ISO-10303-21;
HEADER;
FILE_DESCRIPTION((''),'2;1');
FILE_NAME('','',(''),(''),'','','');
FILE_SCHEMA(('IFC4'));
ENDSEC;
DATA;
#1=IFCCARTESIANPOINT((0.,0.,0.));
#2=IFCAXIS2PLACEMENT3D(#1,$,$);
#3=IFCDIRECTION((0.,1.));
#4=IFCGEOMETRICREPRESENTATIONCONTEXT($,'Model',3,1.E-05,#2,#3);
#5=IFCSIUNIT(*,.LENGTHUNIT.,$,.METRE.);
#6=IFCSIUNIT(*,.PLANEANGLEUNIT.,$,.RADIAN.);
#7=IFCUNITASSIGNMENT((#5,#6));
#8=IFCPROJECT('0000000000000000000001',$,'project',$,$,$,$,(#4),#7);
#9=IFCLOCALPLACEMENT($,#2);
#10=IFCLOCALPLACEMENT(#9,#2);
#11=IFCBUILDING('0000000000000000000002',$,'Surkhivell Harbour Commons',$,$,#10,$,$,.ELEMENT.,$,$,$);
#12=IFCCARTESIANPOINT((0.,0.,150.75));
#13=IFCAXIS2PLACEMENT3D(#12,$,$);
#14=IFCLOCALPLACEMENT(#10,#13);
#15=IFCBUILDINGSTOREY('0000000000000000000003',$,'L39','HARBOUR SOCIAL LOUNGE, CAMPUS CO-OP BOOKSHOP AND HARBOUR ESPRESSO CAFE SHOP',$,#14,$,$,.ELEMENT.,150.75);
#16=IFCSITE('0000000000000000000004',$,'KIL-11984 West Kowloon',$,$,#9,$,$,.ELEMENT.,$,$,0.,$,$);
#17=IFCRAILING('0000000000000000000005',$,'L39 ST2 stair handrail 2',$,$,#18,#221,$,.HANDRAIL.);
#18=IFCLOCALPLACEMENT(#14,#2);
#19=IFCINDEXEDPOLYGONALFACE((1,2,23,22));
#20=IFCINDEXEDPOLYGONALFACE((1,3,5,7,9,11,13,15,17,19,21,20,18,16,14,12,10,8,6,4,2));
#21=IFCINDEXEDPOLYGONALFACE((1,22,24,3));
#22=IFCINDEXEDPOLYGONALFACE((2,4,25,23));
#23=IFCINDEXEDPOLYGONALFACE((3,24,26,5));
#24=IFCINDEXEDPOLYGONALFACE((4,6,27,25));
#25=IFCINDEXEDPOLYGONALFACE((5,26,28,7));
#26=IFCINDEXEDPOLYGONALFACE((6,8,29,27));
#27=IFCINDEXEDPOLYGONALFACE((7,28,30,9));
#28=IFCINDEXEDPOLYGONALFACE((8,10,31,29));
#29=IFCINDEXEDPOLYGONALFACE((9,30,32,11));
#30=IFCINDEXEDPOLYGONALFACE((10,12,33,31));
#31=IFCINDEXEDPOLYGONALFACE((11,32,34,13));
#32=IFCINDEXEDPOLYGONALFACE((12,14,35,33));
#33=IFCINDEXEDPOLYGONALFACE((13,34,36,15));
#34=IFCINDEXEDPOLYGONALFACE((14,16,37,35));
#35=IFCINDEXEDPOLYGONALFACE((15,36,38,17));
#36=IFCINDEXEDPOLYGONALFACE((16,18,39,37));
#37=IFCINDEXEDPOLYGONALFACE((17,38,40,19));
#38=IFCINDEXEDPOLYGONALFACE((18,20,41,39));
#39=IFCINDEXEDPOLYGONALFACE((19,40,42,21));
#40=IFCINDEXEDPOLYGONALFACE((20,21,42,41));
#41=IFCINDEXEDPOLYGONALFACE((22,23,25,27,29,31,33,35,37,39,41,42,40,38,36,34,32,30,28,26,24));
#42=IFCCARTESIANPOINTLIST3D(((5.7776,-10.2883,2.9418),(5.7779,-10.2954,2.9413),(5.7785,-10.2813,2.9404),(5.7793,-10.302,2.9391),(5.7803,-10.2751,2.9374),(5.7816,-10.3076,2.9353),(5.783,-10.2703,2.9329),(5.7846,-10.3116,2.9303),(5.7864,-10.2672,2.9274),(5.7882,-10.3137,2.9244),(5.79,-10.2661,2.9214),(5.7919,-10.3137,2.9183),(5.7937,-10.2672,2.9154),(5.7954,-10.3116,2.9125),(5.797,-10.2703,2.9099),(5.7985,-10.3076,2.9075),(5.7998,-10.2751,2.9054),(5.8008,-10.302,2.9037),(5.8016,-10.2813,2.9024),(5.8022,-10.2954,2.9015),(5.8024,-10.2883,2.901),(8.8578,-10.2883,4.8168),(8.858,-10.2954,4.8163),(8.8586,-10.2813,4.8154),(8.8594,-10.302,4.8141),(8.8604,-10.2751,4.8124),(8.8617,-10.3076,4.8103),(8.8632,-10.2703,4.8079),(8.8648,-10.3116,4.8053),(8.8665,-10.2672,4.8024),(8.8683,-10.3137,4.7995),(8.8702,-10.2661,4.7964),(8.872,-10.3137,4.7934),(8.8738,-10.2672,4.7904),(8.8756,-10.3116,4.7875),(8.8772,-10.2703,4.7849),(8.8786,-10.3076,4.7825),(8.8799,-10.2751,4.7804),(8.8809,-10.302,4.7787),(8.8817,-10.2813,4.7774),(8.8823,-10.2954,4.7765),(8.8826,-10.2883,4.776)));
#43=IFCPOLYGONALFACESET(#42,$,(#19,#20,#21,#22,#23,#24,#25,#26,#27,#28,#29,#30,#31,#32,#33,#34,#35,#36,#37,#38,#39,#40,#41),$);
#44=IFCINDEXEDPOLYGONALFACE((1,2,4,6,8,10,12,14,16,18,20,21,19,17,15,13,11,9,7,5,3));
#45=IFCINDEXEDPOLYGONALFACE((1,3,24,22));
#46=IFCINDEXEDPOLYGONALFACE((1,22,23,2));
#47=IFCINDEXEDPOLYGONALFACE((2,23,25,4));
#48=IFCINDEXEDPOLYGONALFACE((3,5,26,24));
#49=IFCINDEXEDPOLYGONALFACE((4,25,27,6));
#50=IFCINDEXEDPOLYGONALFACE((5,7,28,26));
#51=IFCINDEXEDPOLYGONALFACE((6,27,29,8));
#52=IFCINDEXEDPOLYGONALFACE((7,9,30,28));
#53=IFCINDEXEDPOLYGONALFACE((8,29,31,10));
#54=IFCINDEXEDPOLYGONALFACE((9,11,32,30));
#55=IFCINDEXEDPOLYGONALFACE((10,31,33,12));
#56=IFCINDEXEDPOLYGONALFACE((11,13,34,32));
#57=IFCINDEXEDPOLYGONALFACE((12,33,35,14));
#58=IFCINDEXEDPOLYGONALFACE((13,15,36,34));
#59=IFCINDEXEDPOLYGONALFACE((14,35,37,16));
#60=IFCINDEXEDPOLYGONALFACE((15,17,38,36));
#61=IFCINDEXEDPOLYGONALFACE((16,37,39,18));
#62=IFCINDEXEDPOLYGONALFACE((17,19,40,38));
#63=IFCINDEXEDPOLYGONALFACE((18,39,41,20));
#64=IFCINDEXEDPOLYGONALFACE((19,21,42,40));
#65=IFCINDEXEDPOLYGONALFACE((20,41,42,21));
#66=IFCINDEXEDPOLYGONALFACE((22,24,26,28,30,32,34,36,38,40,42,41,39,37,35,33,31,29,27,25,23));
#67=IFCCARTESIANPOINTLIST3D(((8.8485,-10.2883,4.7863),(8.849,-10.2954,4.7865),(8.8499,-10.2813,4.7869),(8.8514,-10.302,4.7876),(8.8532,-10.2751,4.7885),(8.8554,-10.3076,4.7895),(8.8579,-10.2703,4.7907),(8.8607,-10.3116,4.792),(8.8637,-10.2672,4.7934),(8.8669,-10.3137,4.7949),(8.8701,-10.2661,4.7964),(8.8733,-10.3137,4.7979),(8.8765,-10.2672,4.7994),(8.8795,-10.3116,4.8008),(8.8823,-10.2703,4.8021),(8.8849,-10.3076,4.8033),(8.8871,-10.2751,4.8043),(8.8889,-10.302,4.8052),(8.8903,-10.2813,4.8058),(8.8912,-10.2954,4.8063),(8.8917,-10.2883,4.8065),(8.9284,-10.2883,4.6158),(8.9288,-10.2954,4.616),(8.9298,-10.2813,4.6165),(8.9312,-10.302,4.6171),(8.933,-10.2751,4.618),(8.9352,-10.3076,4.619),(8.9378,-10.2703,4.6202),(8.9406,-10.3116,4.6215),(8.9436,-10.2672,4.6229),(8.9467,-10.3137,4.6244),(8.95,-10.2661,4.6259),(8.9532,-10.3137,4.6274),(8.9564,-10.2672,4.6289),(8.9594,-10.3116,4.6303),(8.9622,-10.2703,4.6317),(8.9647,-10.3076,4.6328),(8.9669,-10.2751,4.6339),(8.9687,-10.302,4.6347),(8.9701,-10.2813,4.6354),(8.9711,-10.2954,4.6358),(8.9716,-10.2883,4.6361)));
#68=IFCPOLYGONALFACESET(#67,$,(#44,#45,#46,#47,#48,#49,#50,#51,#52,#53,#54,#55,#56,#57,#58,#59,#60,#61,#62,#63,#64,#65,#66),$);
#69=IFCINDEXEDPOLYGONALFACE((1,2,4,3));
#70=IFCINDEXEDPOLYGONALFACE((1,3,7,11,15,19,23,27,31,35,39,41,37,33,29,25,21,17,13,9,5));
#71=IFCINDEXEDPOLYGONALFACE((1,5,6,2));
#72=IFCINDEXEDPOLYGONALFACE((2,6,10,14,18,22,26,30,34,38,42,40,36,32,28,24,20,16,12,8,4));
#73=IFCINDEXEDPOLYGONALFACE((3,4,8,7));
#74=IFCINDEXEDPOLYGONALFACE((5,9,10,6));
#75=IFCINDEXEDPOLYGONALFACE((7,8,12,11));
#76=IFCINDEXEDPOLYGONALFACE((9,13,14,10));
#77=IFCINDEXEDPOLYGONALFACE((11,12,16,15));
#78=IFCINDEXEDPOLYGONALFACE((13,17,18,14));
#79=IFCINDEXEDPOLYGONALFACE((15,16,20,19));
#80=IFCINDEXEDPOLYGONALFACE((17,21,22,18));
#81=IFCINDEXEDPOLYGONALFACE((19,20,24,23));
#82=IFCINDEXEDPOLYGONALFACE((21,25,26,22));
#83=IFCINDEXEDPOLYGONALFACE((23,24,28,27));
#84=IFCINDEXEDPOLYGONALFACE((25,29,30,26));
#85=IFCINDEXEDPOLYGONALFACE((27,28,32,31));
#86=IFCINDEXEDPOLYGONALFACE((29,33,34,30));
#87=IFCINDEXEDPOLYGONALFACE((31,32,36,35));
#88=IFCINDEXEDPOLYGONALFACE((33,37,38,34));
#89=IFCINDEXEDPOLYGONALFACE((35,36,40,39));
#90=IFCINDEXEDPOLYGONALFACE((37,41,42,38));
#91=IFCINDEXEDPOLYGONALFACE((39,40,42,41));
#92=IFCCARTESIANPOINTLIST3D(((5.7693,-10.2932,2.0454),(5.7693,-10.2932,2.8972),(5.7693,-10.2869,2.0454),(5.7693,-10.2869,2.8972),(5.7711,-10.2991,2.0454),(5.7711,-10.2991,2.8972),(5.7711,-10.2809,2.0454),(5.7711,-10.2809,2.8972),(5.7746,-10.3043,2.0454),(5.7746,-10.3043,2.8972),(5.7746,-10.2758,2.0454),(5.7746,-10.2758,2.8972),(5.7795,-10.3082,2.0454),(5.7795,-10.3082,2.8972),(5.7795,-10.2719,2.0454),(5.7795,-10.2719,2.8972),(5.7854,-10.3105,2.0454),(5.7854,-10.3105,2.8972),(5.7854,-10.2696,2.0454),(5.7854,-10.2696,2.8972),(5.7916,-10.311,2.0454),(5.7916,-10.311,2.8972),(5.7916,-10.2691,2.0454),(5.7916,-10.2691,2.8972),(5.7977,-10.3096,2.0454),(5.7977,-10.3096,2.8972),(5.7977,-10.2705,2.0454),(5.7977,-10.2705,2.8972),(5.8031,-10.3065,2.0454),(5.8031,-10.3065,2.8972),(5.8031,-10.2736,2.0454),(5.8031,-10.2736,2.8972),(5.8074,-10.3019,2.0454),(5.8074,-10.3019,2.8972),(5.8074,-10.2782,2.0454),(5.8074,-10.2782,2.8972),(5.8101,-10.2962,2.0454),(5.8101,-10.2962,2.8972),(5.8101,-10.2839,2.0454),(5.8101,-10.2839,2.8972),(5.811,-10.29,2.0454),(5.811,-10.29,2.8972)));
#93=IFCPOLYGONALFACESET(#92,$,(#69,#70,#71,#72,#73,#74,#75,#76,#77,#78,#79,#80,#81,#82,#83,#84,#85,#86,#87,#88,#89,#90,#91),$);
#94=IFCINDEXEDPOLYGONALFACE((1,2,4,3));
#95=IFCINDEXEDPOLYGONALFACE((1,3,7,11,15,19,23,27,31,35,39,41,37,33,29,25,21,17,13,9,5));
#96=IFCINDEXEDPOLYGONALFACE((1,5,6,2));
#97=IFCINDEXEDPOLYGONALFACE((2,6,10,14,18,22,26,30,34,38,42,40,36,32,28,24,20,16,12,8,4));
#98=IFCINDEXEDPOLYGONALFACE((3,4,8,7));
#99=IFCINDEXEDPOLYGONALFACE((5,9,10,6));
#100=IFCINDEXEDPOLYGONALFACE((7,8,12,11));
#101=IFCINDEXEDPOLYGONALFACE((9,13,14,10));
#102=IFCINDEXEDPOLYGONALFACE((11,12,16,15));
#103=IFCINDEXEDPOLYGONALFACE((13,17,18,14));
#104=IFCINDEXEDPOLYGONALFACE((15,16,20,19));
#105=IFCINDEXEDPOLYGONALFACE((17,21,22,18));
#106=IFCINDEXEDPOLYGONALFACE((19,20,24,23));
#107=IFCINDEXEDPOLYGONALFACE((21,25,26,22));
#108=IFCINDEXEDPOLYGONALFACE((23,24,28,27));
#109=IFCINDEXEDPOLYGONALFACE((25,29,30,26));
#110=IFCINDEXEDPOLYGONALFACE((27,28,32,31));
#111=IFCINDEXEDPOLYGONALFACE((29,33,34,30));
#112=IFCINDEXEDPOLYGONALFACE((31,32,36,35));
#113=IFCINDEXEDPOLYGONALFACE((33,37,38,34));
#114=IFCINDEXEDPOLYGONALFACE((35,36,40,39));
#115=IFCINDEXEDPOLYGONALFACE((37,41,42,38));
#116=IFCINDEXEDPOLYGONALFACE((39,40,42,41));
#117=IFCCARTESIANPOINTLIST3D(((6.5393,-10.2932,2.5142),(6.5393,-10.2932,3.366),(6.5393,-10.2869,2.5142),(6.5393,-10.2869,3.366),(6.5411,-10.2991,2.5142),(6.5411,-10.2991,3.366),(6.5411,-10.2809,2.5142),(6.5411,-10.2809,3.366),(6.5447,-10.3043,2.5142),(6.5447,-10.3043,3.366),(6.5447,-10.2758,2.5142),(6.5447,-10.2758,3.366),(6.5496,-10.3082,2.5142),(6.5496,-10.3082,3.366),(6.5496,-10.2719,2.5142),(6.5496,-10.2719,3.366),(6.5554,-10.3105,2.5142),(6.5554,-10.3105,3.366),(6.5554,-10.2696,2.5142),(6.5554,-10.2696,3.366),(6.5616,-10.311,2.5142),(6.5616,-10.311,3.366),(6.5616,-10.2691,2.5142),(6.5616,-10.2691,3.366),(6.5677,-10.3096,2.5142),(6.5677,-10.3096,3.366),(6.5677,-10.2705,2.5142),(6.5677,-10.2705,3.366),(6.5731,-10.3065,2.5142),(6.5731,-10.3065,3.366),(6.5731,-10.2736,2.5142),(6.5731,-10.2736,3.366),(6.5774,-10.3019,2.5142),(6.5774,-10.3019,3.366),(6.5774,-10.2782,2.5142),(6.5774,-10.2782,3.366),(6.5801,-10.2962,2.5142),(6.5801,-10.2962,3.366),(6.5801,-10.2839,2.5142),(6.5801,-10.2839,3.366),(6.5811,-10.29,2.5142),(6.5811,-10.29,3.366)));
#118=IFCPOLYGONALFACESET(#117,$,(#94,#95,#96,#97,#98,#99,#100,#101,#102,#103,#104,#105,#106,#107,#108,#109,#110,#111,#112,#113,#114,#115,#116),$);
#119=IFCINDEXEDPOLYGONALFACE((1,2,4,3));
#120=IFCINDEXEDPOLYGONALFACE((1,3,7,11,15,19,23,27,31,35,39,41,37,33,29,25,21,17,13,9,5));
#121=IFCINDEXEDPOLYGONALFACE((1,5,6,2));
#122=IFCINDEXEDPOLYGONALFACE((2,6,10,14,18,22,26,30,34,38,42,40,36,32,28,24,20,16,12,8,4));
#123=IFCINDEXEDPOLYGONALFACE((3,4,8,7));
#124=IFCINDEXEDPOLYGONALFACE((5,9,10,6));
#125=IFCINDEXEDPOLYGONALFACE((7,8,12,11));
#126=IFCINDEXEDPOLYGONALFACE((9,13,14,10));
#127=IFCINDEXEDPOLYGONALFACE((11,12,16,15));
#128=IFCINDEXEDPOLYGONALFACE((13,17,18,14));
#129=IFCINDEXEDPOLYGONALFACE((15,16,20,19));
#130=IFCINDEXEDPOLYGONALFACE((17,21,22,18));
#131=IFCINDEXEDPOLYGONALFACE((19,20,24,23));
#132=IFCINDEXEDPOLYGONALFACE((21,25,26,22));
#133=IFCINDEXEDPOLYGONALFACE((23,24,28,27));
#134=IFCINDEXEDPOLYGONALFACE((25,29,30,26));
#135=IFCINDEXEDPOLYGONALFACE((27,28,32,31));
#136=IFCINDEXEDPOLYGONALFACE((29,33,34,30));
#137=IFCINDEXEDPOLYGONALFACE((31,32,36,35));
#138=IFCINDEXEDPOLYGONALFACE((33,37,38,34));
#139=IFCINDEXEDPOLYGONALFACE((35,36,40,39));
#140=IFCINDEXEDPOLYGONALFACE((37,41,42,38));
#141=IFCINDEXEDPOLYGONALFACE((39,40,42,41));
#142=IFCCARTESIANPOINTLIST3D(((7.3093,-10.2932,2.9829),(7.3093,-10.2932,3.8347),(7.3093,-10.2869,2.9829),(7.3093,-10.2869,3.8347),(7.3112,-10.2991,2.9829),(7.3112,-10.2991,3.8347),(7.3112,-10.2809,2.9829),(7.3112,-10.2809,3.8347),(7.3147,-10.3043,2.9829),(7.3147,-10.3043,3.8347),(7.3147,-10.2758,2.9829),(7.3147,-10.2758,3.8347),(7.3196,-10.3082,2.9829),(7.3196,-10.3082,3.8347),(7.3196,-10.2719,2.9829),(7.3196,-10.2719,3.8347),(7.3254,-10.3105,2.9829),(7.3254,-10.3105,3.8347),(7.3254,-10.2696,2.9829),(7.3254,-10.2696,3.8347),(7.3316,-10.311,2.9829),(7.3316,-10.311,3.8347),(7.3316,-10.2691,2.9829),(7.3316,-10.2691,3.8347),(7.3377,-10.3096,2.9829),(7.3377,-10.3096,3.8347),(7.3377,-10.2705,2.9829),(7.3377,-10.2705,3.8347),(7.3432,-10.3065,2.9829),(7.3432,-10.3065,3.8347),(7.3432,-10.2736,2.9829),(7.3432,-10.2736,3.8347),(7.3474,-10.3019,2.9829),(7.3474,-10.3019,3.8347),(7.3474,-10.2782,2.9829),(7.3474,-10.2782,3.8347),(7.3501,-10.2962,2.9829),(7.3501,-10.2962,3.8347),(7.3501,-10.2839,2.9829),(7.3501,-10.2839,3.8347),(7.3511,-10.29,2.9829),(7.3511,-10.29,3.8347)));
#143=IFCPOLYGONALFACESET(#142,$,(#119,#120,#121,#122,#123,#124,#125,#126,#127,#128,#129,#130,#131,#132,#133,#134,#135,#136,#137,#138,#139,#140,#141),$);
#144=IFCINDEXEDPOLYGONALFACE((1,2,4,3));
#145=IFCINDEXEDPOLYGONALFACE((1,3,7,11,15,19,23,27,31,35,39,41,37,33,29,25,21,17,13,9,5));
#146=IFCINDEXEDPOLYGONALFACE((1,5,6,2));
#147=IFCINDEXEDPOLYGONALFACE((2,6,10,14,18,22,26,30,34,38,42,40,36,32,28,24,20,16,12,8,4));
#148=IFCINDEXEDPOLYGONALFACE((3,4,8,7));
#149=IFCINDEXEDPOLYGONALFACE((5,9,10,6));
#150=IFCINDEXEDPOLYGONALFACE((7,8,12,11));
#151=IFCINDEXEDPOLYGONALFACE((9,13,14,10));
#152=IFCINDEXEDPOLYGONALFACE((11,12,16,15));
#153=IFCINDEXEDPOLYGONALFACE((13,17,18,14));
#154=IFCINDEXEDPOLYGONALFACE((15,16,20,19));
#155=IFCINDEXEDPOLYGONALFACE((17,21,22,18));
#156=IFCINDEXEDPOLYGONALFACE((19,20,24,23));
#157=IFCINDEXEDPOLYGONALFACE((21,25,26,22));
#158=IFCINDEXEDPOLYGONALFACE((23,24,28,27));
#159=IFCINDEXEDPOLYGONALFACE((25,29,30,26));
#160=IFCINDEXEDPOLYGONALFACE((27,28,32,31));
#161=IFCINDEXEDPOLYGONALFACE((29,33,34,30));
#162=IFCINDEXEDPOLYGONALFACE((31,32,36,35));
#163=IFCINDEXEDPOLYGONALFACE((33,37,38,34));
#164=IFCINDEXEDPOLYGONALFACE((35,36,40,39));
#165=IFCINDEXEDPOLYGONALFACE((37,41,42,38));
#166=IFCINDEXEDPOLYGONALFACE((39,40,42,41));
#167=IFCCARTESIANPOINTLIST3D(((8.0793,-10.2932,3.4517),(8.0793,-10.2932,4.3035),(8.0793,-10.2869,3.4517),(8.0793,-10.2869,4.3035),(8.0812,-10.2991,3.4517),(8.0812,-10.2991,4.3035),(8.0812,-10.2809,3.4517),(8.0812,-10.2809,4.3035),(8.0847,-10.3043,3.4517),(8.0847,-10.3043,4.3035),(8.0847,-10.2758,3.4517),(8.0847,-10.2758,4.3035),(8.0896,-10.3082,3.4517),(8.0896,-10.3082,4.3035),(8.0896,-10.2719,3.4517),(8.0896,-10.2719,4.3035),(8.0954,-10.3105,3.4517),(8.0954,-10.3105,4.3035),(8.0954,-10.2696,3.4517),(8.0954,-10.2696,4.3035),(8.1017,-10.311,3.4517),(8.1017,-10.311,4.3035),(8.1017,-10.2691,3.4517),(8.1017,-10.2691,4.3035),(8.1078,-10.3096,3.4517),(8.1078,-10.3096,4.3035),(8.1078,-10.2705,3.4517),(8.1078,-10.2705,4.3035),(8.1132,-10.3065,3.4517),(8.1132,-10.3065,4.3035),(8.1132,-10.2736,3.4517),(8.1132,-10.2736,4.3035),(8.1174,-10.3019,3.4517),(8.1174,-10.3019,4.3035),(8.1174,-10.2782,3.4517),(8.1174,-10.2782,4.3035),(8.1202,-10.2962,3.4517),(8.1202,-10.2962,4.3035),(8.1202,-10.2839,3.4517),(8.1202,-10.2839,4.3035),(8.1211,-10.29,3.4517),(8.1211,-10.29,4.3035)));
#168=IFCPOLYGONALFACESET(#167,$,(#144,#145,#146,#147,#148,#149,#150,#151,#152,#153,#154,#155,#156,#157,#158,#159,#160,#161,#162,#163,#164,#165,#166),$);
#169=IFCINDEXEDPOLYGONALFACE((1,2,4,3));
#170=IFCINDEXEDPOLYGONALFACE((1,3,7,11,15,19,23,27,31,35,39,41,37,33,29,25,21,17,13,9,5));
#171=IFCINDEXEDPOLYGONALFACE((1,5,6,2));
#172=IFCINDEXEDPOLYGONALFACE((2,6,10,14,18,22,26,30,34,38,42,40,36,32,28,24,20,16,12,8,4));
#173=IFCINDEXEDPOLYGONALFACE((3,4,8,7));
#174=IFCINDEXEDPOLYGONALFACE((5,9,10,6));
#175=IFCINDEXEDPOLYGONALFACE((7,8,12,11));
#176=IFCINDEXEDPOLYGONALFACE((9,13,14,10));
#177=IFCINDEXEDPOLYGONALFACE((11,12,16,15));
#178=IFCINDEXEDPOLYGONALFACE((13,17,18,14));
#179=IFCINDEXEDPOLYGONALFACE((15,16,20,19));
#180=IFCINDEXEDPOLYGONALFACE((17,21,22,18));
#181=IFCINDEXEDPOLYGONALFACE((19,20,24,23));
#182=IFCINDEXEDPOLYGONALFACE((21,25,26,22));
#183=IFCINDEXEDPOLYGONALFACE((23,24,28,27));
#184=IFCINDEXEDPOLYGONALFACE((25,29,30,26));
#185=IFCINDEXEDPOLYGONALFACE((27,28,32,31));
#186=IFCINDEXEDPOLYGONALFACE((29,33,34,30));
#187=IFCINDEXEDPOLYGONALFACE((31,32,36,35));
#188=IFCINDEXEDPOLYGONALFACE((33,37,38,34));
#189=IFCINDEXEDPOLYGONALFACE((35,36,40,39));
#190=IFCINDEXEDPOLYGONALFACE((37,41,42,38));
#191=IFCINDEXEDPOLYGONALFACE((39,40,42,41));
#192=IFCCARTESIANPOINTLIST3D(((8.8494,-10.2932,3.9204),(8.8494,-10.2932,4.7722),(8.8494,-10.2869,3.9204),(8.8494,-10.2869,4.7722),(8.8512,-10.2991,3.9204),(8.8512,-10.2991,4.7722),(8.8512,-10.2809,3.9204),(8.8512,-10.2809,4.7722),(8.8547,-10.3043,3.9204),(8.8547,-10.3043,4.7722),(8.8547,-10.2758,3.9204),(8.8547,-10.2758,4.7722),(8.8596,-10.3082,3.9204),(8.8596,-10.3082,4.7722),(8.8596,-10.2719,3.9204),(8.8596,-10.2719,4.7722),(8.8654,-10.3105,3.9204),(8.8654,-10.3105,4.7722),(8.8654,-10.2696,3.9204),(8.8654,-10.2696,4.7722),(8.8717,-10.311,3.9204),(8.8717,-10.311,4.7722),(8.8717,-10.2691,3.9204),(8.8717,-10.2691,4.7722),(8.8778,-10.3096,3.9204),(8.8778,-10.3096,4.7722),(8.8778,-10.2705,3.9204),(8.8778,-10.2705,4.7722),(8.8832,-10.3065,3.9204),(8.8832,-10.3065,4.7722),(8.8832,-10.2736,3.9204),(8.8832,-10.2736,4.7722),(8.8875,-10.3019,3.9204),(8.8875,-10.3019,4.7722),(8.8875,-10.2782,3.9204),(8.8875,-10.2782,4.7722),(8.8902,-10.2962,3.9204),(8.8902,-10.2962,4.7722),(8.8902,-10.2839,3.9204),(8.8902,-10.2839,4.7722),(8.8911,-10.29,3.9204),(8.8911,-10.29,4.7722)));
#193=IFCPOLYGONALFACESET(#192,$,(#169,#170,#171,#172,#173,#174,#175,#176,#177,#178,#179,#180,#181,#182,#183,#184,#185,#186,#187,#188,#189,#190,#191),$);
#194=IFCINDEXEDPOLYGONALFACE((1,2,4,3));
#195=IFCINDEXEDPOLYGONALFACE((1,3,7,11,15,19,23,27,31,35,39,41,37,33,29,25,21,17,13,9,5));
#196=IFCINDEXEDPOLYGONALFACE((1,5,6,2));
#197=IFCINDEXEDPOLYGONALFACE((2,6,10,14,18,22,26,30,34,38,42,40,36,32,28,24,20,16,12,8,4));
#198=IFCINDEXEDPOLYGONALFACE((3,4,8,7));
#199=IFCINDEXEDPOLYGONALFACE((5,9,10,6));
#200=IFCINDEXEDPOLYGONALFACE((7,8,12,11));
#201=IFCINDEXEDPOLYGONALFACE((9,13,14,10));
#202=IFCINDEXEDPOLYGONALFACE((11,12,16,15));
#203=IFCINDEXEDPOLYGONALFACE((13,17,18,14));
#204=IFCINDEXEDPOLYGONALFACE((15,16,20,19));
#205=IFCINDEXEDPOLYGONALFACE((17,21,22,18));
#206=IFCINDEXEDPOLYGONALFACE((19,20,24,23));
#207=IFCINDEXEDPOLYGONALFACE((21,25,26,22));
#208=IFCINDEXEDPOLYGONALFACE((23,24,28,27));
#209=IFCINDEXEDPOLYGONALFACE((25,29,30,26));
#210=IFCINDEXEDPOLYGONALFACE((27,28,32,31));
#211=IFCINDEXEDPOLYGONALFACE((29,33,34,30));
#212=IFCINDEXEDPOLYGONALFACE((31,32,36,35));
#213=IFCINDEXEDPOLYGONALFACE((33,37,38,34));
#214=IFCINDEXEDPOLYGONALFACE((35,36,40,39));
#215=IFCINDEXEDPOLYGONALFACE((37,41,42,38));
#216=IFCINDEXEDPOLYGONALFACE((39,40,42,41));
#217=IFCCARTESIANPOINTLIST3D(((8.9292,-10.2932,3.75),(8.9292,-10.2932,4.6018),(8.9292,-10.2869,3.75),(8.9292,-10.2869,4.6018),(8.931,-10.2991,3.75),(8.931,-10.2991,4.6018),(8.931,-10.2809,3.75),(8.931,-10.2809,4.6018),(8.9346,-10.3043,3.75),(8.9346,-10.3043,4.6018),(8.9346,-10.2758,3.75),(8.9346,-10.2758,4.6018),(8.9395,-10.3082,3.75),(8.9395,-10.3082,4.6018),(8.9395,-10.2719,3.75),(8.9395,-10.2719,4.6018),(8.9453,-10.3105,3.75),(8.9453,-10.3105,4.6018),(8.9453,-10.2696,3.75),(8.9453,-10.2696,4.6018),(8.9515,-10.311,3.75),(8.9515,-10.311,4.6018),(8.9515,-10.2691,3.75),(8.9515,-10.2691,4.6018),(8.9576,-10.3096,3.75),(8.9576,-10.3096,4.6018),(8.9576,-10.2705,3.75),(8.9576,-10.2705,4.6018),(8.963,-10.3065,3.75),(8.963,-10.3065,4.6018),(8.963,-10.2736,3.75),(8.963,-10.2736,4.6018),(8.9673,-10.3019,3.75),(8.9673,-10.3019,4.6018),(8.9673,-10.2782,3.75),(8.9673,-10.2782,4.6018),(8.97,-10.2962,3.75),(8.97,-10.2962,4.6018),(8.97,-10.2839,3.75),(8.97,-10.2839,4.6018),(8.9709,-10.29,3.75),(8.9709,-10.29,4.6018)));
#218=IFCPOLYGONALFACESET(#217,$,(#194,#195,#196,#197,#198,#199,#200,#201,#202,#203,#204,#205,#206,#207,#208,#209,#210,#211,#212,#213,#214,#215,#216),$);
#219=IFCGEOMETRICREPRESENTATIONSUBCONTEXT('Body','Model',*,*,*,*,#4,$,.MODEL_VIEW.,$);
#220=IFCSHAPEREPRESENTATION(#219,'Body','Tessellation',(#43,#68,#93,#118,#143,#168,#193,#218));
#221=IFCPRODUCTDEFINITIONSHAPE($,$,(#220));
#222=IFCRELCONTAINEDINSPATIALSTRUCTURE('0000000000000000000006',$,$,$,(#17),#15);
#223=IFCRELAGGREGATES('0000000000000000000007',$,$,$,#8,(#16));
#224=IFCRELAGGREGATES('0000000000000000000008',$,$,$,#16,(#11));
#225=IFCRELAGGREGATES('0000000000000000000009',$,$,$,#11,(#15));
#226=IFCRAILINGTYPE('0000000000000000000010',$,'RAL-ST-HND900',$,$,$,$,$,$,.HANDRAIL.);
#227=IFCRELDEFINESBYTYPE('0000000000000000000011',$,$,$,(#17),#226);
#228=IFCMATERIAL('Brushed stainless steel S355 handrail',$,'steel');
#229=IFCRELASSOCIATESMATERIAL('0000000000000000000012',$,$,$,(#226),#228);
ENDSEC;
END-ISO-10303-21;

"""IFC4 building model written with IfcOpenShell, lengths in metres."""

from ifc_helpers import new_model, si_unit, direction, frame, origin, origin_2d, place, context, subcontext, project, spatial, circle, extrude, material, type_object, element, save


model = new_model("IFC4")

# Units and contexts
model_context = context("Model", 3, precision=1e-05, world=origin(), true_north=direction((0.0, 1.0)))
body_context = subcontext(model_context, "Body", "Model", "MODEL_VIEW")
ifc_project = project(units=[si_unit("LENGTHUNIT", "METRE"), si_unit("PLANEANGLEUNIT", "RADIAN")], contexts=[model_context])

# Site, building, storey
site_placement = place(None, origin())
site = spatial("IfcSite", under=ifc_project, at=site_placement, Name="KIL-11984 West Kowloon", CompositionType="ELEMENT", RefElevation=0.0)
building_placement = place(site_placement, origin())
building = spatial("IfcBuilding", under=site, at=building_placement, Name="Surkhivell Harbour Commons", CompositionType="ELEMENT")
storey_placement = place(building_placement, frame((0.0, 0.0, 150.75)))
storey = spatial("IfcBuildingStorey", under=building, at=storey_placement, Name="L39", Description="HARBOUR SOCIAL LOUNGE, CAMPUS CO-OP BOOKSHOP AND HARBOUR ESPRESSO CAFE SHOP", CompositionType="ELEMENT", Elevation=150.75)

# Railing
ifc_material_1 = material(Name="Brushed stainless steel S355 handrail", Category="steel")
railing_type_1 = type_object("IfcRailingType", Name="RAL-ST-HND900", PredefinedType="HANDRAIL", material=ifc_material_1)
railing_1_placement = place(storey_placement, frame((5.79, -10.29, 2.0454)))
element("IfcRailing", 1, at=railing_1_placement, inside=storey, type_object=railing_type_1, Name="L39 ST2 stair handrail 2", PredefinedType="HANDRAIL", context=body_context, shape_type="SweptSolid", body=[
    extrude(circle(Radius=0.0239, at=origin_2d()), frame((0.0, 0.0, 0.876), z_axis=(0.854178, 0.0, 0.519981), x_axis=(0.0, 1.0, 0.0)), (0.0, 0.0, 1.0), 3.606),
    extrude(circle(Radius=0.0239, at=origin_2d()), frame((3.0801, 0.0, 2.751), z_axis=(0.424234, 0.0, -0.905552), x_axis=(0.0, 1.0, 0.0)), (0.0, 0.0, 1.0), 0.1882),
    extrude(circle(Radius=0.021, at=origin_2d()), origin(), (0.0, 0.0, 1.0), 0.8518),
    extrude(circle(Radius=0.021, at=origin_2d()), frame((0.77, 0.0, 0.4688)), (0.0, 0.0, 1.0), 0.8518),
    extrude(circle(Radius=0.021, at=origin_2d()), frame((1.54, 0.0, 0.9375)), (0.0, 0.0, 1.0), 0.8518),
    extrude(circle(Radius=0.021, at=origin_2d()), frame((2.3101, 0.0, 1.4062)), (0.0, 0.0, 1.0), 0.8518),
    extrude(circle(Radius=0.021, at=origin_2d()), frame((3.0801, 0.0, 1.875)), (0.0, 0.0, 1.0), 0.8518),
    extrude(circle(Radius=0.021, at=origin_2d()), frame((3.1599, 0.0, 1.7046)), (0.0, 0.0, 1.0), 0.8518),
])

save(model, "model.ifc")
